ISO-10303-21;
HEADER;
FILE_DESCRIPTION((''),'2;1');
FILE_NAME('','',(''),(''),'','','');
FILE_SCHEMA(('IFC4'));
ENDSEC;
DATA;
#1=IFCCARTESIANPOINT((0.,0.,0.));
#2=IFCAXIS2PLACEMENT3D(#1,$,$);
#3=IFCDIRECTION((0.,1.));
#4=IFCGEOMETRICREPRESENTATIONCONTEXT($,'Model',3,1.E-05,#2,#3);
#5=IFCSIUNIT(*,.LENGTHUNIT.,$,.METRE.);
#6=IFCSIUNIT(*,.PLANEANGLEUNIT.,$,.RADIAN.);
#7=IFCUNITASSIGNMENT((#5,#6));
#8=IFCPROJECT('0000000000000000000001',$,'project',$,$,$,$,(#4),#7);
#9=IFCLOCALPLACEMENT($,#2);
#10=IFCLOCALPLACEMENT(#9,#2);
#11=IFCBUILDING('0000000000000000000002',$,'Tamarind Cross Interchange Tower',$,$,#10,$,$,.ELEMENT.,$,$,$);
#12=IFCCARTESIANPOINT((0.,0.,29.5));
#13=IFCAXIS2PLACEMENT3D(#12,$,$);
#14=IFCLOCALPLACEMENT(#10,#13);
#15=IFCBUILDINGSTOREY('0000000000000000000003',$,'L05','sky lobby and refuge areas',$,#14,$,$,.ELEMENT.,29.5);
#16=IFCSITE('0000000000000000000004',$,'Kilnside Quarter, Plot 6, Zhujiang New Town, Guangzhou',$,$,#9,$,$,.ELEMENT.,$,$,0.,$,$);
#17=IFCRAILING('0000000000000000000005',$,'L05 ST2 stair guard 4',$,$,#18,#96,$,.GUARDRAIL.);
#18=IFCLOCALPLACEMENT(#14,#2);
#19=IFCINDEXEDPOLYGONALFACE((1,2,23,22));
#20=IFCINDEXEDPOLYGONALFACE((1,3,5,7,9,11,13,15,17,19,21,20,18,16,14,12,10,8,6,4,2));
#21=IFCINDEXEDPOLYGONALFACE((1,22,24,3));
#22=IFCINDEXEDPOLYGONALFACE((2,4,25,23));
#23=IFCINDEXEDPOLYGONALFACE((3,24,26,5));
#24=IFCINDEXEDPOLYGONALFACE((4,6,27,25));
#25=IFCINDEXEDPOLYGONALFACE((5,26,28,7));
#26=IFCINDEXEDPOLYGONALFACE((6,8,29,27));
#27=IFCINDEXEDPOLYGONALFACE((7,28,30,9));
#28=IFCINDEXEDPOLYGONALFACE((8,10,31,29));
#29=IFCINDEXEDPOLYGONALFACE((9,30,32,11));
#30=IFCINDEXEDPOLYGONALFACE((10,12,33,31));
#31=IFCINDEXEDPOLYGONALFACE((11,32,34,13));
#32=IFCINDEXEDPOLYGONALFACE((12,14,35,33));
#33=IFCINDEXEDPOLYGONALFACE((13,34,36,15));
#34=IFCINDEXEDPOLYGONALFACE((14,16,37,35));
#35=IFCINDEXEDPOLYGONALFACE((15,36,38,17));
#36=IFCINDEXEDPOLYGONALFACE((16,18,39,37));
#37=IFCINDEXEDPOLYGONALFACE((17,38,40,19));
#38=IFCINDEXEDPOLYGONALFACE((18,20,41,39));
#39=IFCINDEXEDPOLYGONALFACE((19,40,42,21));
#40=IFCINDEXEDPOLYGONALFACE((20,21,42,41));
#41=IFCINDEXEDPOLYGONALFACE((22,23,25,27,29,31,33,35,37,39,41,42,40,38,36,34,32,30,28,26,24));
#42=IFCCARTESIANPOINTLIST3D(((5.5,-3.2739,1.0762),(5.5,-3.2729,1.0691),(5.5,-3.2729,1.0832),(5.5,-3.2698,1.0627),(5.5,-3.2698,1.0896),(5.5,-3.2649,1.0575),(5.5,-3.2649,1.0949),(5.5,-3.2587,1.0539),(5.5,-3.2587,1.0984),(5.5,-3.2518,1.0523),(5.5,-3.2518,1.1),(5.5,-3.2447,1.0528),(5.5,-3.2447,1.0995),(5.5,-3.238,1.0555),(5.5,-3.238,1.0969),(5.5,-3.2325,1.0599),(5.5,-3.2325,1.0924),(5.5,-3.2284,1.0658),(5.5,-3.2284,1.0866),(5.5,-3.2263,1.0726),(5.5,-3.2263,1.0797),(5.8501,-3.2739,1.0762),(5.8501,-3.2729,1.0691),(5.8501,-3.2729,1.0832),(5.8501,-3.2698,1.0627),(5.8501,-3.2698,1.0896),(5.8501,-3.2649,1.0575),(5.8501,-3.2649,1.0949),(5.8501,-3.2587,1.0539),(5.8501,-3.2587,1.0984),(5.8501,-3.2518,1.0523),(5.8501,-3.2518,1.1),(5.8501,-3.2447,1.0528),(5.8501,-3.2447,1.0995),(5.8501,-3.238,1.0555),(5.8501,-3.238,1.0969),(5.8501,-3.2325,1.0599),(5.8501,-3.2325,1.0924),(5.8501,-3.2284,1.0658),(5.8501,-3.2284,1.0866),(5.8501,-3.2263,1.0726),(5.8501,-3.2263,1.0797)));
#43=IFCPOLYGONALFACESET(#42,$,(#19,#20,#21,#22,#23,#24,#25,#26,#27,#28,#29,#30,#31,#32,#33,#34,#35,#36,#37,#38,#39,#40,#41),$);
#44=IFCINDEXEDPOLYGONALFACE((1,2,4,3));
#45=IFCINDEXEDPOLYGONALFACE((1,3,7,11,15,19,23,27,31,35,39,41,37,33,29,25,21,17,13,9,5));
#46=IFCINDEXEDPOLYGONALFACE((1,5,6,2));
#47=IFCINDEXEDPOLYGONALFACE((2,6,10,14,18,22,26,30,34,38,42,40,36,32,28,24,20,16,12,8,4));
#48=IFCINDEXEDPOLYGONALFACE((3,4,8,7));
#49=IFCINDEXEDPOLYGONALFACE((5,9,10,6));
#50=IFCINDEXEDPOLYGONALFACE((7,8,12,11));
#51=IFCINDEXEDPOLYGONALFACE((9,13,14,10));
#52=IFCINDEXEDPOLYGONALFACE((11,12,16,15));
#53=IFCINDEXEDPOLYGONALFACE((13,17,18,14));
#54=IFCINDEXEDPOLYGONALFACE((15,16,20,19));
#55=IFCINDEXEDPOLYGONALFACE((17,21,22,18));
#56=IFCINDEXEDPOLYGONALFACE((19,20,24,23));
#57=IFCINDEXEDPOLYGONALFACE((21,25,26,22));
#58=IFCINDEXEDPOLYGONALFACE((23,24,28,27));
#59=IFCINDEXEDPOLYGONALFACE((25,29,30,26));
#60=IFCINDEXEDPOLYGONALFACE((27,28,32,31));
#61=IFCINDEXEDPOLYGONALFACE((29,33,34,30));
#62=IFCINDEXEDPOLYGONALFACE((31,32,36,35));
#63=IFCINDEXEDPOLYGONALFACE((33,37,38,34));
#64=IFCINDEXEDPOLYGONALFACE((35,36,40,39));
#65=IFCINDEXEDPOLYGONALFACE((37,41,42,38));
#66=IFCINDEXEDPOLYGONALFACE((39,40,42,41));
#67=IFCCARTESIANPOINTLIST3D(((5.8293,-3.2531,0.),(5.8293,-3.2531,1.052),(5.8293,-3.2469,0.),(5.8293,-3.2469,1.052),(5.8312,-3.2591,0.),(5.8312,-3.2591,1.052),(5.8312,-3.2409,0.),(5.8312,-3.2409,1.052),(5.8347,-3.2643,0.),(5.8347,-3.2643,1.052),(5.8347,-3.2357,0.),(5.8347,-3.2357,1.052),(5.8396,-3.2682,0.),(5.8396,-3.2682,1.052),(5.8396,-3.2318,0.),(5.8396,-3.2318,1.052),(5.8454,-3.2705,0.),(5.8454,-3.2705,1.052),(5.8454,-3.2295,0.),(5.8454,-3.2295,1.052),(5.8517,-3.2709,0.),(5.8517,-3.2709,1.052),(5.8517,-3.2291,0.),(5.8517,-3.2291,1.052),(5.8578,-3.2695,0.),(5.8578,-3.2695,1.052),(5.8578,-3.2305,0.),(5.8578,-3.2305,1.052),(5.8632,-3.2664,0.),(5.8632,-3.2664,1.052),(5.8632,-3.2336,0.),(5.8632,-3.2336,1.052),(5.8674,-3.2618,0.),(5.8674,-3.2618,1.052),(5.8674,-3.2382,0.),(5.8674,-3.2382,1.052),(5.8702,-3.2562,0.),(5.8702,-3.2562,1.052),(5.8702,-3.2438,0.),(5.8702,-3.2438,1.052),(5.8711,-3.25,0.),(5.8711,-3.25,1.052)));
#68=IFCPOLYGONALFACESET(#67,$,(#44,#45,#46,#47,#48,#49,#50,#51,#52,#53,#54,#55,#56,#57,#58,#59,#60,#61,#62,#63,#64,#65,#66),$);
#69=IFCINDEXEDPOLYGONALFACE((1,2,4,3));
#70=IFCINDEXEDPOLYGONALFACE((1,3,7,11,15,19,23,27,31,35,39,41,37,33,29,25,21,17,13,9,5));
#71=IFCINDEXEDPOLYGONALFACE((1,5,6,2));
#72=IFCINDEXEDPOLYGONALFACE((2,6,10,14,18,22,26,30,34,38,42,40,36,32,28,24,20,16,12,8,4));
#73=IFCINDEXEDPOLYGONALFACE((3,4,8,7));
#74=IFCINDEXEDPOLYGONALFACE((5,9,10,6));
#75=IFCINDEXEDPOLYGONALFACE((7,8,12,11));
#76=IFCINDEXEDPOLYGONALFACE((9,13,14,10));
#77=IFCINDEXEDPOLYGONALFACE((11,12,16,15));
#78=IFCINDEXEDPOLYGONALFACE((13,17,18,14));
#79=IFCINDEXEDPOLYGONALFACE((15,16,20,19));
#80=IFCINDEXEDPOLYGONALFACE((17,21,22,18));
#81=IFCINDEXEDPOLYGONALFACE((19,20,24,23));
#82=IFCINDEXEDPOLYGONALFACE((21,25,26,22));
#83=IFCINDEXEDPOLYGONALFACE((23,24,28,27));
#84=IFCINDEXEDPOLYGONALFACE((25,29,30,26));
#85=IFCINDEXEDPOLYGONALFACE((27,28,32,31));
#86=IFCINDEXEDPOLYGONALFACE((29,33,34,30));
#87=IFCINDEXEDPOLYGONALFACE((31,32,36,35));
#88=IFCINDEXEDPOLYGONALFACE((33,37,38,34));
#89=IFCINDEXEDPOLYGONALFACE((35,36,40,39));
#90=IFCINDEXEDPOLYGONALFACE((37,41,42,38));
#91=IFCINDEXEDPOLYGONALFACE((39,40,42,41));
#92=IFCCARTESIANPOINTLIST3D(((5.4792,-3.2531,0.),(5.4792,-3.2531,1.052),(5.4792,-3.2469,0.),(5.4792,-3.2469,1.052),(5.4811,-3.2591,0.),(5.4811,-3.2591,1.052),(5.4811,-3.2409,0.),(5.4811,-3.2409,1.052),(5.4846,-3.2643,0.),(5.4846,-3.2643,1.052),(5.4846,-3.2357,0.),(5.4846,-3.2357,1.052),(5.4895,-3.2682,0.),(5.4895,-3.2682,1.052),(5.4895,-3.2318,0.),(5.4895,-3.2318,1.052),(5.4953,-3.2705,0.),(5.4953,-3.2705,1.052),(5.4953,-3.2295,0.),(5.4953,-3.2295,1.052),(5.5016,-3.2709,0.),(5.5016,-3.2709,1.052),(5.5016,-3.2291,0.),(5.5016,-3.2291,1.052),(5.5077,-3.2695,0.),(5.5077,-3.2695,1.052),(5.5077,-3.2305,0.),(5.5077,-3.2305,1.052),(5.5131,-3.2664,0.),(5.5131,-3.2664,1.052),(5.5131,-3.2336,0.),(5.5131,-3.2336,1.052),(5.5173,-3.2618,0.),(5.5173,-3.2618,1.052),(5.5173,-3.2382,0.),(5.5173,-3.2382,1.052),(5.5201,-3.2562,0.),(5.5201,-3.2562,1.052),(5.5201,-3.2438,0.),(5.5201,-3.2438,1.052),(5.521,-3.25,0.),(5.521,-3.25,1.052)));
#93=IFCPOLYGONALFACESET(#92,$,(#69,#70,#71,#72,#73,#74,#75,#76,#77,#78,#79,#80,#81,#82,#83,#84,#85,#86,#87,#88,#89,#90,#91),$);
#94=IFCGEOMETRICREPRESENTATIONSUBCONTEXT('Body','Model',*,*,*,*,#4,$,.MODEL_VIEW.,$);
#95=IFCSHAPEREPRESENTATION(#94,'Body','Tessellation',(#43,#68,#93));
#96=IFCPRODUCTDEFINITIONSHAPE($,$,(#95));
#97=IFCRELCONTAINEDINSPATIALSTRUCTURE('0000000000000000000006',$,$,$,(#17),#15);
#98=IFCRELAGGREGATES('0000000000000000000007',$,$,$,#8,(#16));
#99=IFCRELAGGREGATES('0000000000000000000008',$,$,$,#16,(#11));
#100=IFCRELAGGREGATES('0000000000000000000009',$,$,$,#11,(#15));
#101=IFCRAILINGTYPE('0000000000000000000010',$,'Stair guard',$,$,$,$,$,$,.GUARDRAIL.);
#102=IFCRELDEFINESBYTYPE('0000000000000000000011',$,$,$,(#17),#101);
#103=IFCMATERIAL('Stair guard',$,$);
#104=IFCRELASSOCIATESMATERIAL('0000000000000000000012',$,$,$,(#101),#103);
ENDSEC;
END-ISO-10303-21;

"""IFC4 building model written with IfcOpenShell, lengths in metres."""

from ifc_helpers import new_model, si_unit, direction, frame, origin, origin_2d, place, context, subcontext, project, spatial, circle, extrude, material, type_object, element, save


model = new_model("IFC4")

# Units and contexts
model_context = context("Model", 3, precision=1e-05, world=origin(), true_north=direction((0.0, 1.0)))
body_context = subcontext(model_context, "Body", "Model", "MODEL_VIEW")
ifc_project = project(units=[si_unit("LENGTHUNIT", "METRE"), si_unit("PLANEANGLEUNIT", "RADIAN")], contexts=[model_context])

# Site, building, storey
site_placement = place(None, origin())
site = spatial("IfcSite", under=ifc_project, at=site_placement, Name="Kilnside Quarter, Plot 6, Zhujiang New Town, Guangzhou", CompositionType="ELEMENT", RefElevation=0.0)
building_placement = place(site_placement, origin())
building = spatial("IfcBuilding", under=site, at=building_placement, Name="Tamarind Cross Interchange Tower", CompositionType="ELEMENT")
storey_placement = place(building_placement, frame((0.0, 0.0, 29.5)))
storey = spatial("IfcBuildingStorey", under=building, at=storey_placement, Name="L05", Description="sky lobby and refuge areas", CompositionType="ELEMENT", Elevation=29.5)

# Railing
ifc_material_1 = material(Name="Stair guard")
railing_type_1 = type_object("IfcRailingType", Name="Stair guard", PredefinedType="GUARDRAIL", material=ifc_material_1)
railing_1_placement = place(storey_placement, frame((5.8501, -3.25, 0.0)))
element("IfcRailing", 1, at=railing_1_placement, inside=storey, type_object=railing_type_1, Name="L05 ST2 stair guard 4", PredefinedType="GUARDRAIL", context=body_context, shape_type="SweptSolid", body=[
    extrude(circle(Radius=0.0239, at=origin_2d()), frame((0.0, 0.0, 1.0762), z_axis=(-1.0, 0.0, 0.0), x_axis=(0.0, -1.0, 0.0)), (0.0, 0.0, 1.0), 0.3501),
    extrude(circle(Radius=0.021, at=origin_2d()), origin(), (0.0, 0.0, 1.0), 1.052),
    extrude(circle(Radius=0.021, at=origin_2d()), frame((-0.3501, 0.0, 0.0)), (0.0, 0.0, 1.0), 1.052),
])

save(model, "model.ifc")
